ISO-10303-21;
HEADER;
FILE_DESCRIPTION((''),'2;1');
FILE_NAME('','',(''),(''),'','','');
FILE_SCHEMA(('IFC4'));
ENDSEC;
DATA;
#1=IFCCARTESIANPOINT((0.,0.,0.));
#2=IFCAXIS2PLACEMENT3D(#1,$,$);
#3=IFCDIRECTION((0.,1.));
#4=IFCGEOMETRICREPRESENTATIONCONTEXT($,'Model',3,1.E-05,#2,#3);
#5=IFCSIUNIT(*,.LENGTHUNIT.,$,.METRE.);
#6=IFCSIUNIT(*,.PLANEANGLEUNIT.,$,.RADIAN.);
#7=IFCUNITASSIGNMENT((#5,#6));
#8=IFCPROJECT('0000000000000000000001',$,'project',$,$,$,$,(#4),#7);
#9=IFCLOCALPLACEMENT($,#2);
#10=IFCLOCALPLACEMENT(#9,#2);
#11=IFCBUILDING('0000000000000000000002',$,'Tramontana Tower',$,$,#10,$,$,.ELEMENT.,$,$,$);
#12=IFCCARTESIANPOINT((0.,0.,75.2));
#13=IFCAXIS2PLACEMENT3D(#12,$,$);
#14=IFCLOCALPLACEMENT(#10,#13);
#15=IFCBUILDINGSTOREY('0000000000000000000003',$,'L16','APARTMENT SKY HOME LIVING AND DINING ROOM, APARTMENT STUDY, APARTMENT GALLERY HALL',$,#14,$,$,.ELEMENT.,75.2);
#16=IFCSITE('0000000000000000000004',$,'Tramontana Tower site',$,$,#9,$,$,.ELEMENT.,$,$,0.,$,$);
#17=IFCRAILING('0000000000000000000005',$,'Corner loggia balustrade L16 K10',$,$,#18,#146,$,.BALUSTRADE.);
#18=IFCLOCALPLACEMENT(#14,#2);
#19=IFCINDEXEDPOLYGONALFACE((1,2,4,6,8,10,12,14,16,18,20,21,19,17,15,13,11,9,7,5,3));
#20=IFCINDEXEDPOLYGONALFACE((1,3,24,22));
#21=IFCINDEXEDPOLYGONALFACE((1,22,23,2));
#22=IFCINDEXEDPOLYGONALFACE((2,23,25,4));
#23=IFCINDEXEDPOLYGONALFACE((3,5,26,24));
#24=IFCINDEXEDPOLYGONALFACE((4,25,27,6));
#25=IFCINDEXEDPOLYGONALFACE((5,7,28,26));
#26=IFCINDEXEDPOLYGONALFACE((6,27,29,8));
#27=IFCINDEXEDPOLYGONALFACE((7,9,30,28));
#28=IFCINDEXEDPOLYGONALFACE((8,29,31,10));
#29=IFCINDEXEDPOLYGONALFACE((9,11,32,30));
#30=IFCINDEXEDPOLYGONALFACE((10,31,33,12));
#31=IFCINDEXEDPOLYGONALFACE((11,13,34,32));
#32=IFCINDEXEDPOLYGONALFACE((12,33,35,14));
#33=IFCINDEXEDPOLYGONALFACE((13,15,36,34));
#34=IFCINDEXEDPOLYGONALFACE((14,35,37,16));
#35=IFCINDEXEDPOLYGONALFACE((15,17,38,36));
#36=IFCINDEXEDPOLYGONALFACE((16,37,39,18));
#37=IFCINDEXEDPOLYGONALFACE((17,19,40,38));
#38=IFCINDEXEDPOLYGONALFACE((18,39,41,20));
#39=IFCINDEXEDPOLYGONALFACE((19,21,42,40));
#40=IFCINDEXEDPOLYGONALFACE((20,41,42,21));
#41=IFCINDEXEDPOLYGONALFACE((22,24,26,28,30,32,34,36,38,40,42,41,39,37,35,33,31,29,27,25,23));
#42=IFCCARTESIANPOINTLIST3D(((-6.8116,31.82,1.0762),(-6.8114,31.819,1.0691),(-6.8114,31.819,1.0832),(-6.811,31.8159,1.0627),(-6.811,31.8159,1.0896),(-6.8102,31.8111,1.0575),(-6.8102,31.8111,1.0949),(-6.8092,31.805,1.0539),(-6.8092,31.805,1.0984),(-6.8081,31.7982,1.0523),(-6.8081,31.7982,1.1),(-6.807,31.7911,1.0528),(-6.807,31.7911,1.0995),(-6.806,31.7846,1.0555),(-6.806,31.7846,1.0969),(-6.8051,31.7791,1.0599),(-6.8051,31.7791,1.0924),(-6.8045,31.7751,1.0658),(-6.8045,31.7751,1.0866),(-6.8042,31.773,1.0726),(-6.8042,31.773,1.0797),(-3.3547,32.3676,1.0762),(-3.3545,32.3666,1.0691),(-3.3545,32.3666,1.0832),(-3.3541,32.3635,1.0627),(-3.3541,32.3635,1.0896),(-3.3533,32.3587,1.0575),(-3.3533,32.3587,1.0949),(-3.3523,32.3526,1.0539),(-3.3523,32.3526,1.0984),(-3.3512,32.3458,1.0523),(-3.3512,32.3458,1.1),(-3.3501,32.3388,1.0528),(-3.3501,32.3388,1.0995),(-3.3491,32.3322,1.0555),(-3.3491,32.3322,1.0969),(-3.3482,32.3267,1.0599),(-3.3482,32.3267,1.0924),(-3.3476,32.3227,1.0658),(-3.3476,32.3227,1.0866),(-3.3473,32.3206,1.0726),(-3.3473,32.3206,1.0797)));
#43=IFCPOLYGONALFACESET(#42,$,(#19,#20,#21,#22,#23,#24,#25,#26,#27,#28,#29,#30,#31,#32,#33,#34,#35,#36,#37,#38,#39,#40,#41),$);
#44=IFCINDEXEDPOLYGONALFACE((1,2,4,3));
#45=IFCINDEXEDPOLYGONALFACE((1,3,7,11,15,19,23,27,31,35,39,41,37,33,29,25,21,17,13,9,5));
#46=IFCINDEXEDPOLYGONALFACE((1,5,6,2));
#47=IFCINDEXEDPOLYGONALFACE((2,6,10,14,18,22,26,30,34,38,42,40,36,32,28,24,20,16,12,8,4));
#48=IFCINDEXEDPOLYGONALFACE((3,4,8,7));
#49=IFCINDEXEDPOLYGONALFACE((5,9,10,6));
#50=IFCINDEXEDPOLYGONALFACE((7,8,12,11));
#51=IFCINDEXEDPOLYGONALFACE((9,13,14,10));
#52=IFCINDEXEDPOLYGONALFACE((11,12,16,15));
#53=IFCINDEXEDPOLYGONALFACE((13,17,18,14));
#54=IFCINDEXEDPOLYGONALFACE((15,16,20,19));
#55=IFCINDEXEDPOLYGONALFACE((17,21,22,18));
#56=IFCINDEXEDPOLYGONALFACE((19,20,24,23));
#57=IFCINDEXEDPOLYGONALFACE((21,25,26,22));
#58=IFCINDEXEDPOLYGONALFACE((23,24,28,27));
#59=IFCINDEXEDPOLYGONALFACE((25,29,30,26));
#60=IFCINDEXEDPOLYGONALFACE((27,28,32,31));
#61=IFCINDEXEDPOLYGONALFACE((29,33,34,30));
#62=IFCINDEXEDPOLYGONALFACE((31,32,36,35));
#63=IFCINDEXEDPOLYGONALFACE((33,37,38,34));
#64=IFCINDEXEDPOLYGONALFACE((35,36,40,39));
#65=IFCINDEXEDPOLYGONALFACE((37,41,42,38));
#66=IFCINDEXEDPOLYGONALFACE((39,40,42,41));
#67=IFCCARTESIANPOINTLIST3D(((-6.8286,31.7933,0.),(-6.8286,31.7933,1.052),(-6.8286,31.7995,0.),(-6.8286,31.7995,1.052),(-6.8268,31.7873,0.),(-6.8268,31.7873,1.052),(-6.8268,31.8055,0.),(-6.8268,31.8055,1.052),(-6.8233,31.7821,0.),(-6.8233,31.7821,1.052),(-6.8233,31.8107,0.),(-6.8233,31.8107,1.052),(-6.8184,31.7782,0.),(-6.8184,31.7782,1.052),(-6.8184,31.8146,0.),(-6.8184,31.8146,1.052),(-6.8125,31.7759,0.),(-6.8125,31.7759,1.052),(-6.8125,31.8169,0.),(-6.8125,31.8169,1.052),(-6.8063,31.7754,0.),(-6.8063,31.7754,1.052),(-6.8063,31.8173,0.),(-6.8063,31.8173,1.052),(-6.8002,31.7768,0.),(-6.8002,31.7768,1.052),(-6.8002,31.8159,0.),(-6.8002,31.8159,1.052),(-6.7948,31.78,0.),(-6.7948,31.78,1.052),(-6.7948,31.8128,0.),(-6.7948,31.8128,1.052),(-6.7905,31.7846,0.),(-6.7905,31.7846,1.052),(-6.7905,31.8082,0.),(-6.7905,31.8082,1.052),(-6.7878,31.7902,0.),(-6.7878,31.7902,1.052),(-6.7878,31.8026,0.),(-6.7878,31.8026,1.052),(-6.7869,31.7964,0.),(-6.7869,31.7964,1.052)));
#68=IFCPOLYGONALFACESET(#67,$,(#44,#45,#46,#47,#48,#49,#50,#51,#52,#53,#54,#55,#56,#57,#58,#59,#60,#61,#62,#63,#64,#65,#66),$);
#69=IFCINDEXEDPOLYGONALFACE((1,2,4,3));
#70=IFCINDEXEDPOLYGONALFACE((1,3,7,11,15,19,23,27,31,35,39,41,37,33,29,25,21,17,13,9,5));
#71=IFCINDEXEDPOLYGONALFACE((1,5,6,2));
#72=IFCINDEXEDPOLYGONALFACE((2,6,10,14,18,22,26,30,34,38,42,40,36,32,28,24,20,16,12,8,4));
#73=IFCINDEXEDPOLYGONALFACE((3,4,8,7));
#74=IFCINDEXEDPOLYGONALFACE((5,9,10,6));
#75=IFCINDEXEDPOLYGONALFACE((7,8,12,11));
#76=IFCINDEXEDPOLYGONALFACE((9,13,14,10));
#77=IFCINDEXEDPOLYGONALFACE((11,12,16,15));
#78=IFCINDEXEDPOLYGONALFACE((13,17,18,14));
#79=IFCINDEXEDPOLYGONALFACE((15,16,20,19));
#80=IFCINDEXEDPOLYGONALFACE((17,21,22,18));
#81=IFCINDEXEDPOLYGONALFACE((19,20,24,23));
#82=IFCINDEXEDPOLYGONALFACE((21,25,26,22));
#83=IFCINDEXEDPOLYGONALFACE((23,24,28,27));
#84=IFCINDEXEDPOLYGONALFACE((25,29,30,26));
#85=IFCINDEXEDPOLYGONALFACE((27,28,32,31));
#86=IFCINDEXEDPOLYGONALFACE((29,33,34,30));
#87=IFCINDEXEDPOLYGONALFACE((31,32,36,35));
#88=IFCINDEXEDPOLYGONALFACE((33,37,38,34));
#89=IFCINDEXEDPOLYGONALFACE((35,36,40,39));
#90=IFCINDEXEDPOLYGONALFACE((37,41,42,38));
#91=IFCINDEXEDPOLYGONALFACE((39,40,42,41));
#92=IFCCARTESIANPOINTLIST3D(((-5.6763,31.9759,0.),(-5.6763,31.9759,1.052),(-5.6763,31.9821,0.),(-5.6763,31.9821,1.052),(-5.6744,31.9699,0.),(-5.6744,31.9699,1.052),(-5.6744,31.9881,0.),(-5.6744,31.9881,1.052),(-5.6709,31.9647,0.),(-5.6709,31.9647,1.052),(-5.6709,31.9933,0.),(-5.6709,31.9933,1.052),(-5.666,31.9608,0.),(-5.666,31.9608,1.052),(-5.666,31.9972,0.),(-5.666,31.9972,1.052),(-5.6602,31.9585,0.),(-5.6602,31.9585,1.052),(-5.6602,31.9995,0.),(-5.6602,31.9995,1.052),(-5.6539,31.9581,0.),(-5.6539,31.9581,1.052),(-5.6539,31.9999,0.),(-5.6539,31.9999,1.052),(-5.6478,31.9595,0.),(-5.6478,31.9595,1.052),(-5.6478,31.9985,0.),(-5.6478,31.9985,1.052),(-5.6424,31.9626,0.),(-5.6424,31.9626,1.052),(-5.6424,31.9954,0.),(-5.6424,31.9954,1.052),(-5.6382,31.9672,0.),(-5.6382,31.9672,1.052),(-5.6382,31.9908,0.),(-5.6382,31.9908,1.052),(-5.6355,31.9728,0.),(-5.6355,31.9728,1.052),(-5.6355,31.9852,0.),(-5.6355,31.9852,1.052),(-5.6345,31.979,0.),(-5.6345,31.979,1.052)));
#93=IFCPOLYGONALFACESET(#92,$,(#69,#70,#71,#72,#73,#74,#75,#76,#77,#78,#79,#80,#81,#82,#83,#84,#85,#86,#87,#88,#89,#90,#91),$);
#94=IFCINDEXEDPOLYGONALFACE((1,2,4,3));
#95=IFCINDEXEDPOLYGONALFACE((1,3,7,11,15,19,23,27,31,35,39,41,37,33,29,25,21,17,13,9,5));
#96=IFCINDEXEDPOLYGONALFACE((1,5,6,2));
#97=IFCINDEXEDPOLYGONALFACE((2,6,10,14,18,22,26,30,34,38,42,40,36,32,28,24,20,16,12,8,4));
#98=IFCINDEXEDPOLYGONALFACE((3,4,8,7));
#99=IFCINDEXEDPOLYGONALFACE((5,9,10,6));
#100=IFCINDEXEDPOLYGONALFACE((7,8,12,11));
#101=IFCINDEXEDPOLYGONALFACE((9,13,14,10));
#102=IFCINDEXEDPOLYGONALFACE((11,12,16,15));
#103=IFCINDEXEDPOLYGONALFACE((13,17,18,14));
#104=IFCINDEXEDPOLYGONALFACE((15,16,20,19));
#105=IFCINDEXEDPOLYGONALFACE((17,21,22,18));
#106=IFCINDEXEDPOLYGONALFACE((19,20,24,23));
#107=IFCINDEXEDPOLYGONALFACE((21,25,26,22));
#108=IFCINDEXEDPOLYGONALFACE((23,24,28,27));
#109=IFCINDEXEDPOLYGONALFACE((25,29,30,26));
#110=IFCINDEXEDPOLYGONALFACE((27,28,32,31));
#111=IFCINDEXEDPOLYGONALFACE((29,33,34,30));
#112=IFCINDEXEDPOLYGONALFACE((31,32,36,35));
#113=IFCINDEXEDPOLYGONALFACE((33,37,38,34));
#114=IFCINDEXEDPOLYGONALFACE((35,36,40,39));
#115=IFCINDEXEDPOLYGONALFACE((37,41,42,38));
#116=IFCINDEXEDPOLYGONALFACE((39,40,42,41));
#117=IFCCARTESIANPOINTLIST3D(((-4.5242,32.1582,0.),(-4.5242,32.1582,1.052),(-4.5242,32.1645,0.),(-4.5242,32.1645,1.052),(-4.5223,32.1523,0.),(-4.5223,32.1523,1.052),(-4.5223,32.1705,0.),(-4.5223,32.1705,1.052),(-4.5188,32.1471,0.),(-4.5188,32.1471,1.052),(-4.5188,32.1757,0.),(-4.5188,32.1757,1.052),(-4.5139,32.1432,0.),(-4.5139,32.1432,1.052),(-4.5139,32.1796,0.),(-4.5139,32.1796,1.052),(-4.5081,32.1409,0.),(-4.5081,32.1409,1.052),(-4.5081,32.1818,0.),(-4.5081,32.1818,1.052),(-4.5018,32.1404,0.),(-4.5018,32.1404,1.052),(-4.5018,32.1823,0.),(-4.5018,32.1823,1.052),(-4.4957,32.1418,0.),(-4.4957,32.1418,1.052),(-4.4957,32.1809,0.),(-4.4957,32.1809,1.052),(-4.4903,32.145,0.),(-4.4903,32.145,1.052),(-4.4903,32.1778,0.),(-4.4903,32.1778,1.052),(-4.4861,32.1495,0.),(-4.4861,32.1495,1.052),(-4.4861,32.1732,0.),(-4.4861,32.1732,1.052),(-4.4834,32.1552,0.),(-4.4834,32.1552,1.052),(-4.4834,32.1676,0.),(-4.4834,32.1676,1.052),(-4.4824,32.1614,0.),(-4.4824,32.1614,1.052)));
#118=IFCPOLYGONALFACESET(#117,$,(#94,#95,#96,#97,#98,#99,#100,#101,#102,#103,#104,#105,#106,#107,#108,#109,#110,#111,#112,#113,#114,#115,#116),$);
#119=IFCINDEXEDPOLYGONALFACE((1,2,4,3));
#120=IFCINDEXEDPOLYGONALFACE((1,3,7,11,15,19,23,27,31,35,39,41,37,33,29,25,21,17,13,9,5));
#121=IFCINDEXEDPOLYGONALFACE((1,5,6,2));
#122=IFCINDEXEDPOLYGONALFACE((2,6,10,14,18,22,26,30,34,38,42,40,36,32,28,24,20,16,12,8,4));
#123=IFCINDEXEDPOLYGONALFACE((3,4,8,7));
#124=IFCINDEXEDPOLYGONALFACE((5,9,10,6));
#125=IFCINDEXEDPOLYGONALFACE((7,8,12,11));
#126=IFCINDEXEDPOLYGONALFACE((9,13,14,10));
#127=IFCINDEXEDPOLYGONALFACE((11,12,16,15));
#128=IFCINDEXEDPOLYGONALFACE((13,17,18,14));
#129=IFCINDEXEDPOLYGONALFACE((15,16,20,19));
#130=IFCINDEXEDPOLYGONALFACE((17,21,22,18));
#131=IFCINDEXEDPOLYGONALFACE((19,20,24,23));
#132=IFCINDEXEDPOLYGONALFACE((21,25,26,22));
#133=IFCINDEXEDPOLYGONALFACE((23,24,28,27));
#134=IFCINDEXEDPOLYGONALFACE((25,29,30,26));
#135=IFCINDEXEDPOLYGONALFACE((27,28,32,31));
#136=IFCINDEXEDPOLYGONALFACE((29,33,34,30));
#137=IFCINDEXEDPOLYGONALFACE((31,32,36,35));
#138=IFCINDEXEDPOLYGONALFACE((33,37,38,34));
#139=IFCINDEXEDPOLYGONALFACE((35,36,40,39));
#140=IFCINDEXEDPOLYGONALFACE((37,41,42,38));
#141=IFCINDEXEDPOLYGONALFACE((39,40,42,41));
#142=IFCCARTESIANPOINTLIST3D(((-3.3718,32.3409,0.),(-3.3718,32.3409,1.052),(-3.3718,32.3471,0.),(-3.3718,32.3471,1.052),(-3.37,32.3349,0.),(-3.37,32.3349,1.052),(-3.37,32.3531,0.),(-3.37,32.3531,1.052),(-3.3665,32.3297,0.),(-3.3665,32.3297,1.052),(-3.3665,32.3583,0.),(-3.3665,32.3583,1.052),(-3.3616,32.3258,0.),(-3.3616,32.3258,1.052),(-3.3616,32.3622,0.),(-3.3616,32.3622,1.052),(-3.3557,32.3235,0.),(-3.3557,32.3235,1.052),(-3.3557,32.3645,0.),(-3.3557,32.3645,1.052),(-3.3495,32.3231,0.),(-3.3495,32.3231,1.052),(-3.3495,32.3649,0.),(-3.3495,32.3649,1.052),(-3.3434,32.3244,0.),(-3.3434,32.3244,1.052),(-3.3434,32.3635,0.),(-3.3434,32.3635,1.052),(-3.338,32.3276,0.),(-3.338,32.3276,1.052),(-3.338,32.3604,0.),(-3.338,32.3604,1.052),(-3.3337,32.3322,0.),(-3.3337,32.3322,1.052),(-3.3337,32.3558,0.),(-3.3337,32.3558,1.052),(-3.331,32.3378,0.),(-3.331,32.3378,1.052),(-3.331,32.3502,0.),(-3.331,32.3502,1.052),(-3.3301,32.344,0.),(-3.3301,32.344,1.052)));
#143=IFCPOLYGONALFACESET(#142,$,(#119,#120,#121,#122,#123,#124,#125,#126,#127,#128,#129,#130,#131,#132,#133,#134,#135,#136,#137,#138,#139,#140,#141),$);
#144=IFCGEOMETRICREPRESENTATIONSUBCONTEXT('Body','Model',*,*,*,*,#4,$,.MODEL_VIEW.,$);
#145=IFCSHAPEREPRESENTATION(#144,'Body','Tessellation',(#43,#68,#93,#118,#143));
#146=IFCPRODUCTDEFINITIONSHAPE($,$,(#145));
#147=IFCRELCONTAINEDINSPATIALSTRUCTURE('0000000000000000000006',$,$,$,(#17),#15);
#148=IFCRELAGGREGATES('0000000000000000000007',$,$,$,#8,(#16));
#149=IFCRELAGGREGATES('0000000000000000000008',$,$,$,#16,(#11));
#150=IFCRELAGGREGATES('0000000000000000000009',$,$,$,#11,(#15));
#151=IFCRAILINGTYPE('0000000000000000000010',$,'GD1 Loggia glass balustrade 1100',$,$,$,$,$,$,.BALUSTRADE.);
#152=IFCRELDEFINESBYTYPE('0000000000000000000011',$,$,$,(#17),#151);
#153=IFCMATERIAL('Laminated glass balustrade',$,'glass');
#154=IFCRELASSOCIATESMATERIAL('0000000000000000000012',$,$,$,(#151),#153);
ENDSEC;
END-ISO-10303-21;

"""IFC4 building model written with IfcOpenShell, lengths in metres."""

from ifc_helpers import new_model, si_unit, direction, frame, origin, origin_2d, place, context, subcontext, project, spatial, circle, extrude, material, type_object, element, save


model = new_model("IFC4")

# Units and contexts
model_context = context("Model", 3, precision=1e-05, world=origin(), true_north=direction((0.0, 1.0)))
body_context = subcontext(model_context, "Body", "Model", "MODEL_VIEW")
ifc_project = project(units=[si_unit("LENGTHUNIT", "METRE"), si_unit("PLANEANGLEUNIT", "RADIAN")], contexts=[model_context])

# Site, building, storey
site_placement = place(None, origin())
site = spatial("IfcSite", under=ifc_project, at=site_placement, Name="Tramontana Tower site", CompositionType="ELEMENT", RefElevation=0.0)
building_placement = place(site_placement, origin())
building = spatial("IfcBuilding", under=site, at=building_placement, Name="Tramontana Tower", CompositionType="ELEMENT")
storey_placement = place(building_placement, frame((0.0, 0.0, 75.2)))
storey = spatial("IfcBuildingStorey", under=building, at=storey_placement, Name="L16", Description="APARTMENT SKY HOME LIVING AND DINING ROOM, APARTMENT STUDY, APARTMENT GALLERY HALL", CompositionType="ELEMENT", Elevation=75.2)

# Railing
ifc_material_1 = material(Name="Laminated glass balustrade", Category="glass")
railing_type = type_object("IfcRailingType", Name="GD1 Loggia glass balustrade 1100", PredefinedType="BALUSTRADE", material=ifc_material_1)
railing_placement = place(storey_placement, frame((-6.8079, 31.7964, 0.0)))
element("IfcRailing", 1, at=railing_placement, inside=storey, type_object=railing_type, Name="Corner loggia balustrade L16 K10", PredefinedType="BALUSTRADE", context=body_context, shape_type="SweptSolid", body=[
    extrude(circle(Radius=0.0239, at=origin_2d()), frame((0.0, 0.0, 1.0762), z_axis=(0.987684, 0.156464, 0.0), x_axis=(-0.156464, 0.987684, 0.0)), (0.0, 0.0, 1.0), 3.5),
    extrude(circle(Radius=0.021, at=origin_2d()), origin(), (0.0, 0.0, 1.0), 1.052),
    extrude(circle(Radius=0.021, at=origin_2d()), frame((1.1523, 0.1826, 0.0)), (0.0, 0.0, 1.0), 1.052),
    extrude(circle(Radius=0.021, at=origin_2d()), frame((2.3044, 0.365, 0.0)), (0.0, 0.0, 1.0), 1.052),
    extrude(circle(Radius=0.021, at=origin_2d()), frame((3.4568, 0.5476, 0.0)), (0.0, 0.0, 1.0), 1.052),
])

save(model, "model.ifc")
